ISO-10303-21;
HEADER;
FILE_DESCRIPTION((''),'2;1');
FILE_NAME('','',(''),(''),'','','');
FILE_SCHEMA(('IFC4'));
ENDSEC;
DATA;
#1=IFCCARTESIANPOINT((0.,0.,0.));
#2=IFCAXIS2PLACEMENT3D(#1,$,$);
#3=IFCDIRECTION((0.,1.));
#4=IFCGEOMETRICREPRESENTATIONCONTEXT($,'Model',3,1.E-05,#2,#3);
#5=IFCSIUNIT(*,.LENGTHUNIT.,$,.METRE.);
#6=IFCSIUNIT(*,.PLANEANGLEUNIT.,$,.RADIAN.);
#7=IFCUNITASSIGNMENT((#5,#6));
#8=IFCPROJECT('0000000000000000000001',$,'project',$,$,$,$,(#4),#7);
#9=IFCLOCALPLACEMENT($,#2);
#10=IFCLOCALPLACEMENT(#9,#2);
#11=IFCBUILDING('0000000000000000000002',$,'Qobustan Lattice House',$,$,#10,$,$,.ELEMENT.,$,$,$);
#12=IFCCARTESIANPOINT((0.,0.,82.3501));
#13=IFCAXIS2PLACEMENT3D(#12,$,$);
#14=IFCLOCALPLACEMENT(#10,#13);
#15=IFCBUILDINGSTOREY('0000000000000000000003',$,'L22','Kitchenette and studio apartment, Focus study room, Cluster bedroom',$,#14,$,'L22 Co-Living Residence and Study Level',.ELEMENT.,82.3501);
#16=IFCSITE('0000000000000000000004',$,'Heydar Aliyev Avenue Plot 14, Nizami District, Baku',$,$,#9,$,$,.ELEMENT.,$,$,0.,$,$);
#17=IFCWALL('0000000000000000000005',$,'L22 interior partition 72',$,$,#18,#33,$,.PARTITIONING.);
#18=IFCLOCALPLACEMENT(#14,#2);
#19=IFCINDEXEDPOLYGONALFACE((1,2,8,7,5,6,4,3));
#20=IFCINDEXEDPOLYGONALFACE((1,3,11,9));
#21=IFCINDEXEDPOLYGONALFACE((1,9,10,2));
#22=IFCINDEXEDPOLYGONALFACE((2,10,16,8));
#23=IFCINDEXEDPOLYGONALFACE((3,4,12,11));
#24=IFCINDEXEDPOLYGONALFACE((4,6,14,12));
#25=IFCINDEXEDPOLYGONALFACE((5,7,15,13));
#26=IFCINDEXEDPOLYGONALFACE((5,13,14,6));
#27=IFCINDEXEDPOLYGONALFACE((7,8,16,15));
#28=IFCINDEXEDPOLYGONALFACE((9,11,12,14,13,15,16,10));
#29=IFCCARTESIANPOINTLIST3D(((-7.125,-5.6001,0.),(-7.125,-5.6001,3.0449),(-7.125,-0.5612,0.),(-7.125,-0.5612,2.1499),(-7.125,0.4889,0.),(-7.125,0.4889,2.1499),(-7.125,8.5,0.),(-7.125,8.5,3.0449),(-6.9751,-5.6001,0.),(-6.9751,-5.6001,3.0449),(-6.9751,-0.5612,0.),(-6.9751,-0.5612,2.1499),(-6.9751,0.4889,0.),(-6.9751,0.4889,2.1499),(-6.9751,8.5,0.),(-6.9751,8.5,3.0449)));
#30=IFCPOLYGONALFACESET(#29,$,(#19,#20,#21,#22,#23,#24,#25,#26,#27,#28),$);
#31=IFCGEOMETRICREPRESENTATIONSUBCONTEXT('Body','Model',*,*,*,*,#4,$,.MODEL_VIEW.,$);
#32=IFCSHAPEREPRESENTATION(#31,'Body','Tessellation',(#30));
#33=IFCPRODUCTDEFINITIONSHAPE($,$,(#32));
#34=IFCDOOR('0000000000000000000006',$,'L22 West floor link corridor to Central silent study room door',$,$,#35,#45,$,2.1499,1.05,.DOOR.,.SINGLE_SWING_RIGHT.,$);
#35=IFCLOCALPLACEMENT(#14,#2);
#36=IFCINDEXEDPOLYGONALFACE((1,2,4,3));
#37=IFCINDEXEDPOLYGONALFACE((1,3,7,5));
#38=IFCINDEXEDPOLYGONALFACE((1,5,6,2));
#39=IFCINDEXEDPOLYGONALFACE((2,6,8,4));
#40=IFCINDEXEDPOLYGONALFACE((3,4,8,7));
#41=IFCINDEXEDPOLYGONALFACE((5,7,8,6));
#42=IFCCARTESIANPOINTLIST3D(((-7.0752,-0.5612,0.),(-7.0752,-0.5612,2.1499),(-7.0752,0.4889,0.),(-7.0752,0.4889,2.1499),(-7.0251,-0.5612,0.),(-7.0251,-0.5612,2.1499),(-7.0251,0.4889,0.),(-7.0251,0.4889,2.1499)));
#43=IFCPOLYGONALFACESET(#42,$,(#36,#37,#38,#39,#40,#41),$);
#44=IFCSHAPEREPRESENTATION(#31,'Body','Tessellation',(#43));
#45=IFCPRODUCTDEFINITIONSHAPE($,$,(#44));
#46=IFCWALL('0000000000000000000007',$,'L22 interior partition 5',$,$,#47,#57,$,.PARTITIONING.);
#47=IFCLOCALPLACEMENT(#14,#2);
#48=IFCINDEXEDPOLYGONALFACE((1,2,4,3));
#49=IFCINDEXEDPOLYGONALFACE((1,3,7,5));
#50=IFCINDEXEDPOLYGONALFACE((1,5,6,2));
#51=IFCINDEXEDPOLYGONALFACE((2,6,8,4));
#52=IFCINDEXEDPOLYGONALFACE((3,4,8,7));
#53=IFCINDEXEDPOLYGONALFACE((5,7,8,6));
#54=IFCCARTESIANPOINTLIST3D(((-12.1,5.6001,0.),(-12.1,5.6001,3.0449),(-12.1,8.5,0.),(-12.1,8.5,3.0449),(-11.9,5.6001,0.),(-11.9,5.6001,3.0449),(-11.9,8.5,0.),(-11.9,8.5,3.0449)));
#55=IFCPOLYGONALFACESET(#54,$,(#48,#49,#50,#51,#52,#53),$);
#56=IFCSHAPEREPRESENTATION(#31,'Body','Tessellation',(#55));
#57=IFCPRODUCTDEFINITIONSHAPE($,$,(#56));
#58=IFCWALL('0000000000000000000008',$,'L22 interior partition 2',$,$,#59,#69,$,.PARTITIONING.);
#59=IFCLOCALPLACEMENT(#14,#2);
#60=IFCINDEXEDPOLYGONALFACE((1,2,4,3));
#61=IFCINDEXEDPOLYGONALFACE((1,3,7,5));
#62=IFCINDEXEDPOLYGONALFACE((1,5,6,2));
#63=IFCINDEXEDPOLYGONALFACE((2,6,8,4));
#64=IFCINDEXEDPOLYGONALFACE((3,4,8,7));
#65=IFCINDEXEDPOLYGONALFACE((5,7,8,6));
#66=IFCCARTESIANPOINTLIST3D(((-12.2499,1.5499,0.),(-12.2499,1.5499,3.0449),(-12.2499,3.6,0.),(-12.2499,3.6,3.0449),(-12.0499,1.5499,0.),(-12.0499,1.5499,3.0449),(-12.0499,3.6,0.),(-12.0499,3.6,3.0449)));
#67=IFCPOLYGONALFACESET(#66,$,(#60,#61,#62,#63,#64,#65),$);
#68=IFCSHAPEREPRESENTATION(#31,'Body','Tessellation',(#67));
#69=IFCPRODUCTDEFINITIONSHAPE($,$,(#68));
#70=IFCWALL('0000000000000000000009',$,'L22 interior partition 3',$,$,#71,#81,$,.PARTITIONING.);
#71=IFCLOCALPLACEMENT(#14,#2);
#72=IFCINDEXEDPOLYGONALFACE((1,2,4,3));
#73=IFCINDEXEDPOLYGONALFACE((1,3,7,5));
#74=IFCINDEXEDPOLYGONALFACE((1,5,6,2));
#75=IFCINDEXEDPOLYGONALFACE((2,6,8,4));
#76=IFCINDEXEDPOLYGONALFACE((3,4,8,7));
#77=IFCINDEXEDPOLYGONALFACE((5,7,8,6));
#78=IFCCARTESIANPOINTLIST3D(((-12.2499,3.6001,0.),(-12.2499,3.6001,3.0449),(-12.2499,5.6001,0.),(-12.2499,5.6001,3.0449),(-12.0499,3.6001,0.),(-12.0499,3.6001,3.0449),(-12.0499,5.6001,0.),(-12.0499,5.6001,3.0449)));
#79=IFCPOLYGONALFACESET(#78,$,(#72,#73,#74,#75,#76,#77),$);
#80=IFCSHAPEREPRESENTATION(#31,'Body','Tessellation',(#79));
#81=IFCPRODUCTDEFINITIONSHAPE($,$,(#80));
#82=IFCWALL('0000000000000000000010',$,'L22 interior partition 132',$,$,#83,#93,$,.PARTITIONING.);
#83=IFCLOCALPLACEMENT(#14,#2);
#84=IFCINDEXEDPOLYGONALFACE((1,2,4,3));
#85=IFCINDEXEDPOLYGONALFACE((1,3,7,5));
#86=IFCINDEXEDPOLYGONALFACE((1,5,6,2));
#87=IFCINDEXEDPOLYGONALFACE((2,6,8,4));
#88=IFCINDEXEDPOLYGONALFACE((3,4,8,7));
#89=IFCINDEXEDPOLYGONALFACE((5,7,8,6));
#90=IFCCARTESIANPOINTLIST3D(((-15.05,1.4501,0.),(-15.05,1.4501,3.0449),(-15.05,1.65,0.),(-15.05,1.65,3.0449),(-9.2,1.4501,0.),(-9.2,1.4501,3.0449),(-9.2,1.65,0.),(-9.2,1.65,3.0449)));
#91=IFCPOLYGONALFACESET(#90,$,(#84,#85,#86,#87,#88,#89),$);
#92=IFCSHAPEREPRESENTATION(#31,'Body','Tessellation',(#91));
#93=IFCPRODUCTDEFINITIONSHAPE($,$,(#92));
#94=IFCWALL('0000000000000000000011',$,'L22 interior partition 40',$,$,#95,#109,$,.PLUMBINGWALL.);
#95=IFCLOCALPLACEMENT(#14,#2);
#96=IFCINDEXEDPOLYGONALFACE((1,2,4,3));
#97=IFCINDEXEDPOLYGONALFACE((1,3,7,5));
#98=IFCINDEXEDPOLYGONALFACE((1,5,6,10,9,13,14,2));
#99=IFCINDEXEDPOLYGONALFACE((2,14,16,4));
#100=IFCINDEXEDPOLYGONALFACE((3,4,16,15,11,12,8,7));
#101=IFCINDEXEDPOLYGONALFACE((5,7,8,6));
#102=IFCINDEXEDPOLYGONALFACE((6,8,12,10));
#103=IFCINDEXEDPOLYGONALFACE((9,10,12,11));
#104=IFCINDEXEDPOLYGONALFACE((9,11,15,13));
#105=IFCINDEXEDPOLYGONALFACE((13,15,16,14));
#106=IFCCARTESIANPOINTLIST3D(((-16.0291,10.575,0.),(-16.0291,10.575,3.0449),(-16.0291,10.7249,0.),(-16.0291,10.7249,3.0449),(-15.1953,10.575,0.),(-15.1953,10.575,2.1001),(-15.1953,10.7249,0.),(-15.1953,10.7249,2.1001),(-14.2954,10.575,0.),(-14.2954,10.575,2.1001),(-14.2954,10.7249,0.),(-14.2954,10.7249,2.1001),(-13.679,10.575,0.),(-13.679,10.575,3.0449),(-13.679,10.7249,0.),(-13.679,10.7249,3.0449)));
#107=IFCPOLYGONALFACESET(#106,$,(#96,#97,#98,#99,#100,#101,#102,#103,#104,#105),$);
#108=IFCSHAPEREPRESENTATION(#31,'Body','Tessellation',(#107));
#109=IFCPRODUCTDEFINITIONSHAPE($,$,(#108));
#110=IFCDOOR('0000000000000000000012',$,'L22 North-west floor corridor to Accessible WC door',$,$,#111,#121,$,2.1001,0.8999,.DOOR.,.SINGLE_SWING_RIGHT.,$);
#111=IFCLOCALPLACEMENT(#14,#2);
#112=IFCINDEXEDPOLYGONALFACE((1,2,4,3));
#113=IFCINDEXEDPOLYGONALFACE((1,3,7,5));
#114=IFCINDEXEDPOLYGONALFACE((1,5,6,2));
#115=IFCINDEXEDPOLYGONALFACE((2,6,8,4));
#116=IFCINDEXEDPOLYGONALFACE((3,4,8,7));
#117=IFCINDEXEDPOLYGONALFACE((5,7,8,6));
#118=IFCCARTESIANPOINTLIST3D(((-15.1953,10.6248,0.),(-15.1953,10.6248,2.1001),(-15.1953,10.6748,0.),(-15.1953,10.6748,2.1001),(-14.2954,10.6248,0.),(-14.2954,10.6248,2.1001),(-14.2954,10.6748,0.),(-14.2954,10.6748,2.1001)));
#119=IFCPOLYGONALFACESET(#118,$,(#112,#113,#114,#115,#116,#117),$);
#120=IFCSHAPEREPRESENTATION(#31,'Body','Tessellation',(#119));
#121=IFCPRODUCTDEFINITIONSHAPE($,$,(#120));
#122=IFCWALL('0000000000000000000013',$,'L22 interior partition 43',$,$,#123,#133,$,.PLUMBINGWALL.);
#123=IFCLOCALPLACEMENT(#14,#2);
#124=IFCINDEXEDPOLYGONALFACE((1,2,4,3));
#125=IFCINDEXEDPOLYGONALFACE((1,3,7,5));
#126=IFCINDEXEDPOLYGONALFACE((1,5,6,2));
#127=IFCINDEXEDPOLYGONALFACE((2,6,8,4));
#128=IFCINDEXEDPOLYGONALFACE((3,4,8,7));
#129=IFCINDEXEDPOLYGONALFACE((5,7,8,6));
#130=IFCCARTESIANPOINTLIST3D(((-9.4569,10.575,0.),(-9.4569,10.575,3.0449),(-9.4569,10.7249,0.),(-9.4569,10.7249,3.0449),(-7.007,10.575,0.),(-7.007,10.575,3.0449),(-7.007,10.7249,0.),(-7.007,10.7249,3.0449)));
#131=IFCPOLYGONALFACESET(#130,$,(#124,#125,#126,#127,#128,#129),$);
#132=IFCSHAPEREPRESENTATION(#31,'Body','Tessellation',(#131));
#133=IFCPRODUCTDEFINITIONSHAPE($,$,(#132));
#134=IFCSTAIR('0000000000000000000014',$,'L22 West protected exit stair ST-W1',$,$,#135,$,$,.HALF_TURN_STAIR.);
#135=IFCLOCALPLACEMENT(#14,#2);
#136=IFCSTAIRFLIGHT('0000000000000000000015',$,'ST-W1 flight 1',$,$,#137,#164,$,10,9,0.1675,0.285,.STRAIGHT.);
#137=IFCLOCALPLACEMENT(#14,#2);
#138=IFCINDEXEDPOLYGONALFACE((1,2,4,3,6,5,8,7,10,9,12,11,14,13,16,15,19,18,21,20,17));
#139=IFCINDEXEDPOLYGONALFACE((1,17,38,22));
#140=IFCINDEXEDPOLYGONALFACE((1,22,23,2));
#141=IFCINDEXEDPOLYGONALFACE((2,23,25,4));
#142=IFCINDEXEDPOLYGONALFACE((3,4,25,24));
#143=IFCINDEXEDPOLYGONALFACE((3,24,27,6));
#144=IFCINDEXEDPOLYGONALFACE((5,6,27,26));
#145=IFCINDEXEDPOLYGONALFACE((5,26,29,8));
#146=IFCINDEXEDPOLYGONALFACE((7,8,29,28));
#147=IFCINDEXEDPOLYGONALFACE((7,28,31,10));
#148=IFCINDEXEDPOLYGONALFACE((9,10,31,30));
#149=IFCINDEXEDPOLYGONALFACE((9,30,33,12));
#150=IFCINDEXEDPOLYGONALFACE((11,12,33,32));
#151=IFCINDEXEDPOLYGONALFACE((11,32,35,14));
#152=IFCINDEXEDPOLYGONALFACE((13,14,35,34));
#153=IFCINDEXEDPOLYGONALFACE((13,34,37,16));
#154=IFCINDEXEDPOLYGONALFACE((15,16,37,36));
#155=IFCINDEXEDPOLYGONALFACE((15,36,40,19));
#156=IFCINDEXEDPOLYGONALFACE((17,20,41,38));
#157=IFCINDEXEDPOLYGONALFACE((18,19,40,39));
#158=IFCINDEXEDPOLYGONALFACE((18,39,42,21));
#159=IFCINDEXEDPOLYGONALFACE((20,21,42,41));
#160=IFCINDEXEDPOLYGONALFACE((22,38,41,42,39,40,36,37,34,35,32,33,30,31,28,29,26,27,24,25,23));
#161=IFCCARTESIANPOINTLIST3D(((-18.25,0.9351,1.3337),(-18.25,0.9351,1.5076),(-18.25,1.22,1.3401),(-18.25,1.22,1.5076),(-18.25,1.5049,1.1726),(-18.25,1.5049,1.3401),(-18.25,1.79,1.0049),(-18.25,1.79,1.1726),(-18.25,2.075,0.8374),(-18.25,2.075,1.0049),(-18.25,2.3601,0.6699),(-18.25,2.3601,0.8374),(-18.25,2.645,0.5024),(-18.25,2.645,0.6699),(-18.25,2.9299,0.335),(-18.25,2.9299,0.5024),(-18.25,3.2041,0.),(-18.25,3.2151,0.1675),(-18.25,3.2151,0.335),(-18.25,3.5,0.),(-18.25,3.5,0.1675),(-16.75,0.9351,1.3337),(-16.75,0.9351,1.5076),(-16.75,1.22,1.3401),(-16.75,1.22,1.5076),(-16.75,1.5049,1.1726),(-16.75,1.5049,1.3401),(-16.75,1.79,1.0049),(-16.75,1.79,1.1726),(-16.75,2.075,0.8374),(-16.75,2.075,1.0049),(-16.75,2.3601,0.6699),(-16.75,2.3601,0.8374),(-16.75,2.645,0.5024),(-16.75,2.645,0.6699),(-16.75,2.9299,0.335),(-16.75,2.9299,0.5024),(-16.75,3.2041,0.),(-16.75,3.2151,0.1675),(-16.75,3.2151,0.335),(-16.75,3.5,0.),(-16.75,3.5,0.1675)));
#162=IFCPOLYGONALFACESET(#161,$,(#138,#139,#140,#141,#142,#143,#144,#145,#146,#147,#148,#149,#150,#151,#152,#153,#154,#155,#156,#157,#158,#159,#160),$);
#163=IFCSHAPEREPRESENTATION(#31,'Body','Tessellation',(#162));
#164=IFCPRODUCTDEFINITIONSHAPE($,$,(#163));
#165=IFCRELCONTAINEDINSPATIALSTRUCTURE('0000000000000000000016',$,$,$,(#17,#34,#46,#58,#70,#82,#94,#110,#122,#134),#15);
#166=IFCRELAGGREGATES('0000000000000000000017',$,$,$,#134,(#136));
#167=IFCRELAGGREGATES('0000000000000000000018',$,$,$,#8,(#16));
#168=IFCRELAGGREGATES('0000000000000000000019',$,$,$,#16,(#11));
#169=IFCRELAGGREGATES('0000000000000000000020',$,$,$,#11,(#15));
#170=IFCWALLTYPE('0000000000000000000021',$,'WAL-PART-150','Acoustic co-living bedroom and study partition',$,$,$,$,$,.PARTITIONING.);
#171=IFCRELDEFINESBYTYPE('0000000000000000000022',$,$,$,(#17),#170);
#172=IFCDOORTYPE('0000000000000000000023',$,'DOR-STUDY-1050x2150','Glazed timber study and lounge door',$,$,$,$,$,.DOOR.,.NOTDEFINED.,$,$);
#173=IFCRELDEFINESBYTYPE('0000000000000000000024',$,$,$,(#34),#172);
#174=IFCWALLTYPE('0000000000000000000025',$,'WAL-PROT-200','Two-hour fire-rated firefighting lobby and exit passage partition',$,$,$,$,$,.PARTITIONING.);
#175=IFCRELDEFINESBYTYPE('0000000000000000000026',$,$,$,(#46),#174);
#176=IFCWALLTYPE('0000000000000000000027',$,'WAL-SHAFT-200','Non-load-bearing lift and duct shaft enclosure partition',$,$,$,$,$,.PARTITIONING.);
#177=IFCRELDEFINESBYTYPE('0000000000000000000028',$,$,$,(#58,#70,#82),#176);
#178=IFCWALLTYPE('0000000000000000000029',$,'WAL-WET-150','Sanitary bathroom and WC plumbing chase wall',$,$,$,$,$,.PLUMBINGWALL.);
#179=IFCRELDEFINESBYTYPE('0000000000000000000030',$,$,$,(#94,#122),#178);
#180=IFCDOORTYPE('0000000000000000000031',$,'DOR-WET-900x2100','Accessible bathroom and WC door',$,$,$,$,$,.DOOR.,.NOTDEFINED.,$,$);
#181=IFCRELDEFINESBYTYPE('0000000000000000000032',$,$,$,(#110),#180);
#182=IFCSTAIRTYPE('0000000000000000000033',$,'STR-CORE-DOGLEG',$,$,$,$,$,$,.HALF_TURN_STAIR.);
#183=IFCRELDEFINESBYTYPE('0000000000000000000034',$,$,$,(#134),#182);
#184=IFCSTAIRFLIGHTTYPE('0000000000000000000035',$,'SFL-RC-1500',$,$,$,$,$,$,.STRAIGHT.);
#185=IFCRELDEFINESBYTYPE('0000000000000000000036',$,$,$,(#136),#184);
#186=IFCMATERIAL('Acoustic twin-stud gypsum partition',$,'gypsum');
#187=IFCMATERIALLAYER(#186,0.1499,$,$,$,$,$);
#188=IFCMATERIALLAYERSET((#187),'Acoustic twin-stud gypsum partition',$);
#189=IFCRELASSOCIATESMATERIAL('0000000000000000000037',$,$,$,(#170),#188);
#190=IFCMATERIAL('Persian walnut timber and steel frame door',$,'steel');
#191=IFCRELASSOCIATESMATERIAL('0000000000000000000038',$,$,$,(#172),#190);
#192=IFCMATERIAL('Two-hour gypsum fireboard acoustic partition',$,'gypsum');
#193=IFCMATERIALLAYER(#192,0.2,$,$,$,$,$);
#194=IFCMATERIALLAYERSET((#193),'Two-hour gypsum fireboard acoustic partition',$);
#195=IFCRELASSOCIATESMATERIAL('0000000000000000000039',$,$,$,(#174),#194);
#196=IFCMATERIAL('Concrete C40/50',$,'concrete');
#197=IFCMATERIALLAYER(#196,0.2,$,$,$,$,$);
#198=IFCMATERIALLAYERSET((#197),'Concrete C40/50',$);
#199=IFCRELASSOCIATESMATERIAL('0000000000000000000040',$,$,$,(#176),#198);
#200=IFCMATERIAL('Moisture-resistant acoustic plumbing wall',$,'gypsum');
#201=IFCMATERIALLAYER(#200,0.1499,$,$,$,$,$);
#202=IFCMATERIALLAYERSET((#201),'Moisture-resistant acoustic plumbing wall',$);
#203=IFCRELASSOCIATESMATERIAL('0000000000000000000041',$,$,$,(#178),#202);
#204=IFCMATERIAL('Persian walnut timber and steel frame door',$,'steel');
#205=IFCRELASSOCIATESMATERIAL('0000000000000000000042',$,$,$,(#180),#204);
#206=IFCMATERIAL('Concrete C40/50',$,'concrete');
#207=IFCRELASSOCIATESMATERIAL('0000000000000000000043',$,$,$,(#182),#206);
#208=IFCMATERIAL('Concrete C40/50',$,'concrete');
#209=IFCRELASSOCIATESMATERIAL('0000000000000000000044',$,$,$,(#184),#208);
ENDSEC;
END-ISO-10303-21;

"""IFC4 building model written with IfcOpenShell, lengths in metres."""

from ifc_helpers import new_model, si_unit, direction, frame, frame_2d, origin, place, context, subcontext, project, spatial, polyline, rectangle, outline, extrude, material, layer, layer_set, type_object, element, fill, aggregate, save


model = new_model("IFC4")

# Units and contexts
model_context = context("Model", 3, precision=1e-05, world=origin(), true_north=direction((0.0, 1.0)))
body_context = subcontext(model_context, "Body", "Model", "MODEL_VIEW")
ifc_project = project(units=[si_unit("LENGTHUNIT", "METRE"), si_unit("PLANEANGLEUNIT", "RADIAN")], contexts=[model_context])

# Site, building, storey
site_placement = place(None, origin())
site = spatial("IfcSite", under=ifc_project, at=site_placement, Name="Heydar Aliyev Avenue Plot 14, Nizami District, Baku", CompositionType="ELEMENT", RefElevation=0.0)
building_placement = place(site_placement, origin())
building = spatial("IfcBuilding", under=site, at=building_placement, Name="Qobustan Lattice House", CompositionType="ELEMENT")
storey_placement = place(building_placement, frame((0.0, 0.0, 82.3501)))
storey = spatial("IfcBuildingStorey", under=building, at=storey_placement, Name="L22", Description="Kitchenette and studio apartment, Focus study room, Cluster bedroom", LongName="L22 Co-Living Residence and Study Level", CompositionType="ELEMENT", Elevation=82.3501)

# Wall, opening, door
ifc_material_1 = material(Name="Acoustic twin-stud gypsum partition", Category="gypsum")
ifc_layer_1 = layer(ifc_material_1, 0.1499)
ifc_layer_set_1 = layer_set([ifc_layer_1], Name="Acoustic twin-stud gypsum partition")
wall_type_1 = type_object("IfcWallType", Name="WAL-PART-150", Description="Acoustic co-living bedroom and study partition", PredefinedType="PARTITIONING", material=ifc_layer_set_1)
wall_1_placement = place(storey_placement, frame((-7.05, 8.5, 0.0), z_axis=(0.0, 0.0, 1.0), x_axis=(0.0, -1.0, 0.0)))
wall_1 = element("IfcWall", 1, at=wall_1_placement, inside=storey, type_object=wall_type_1, Name="L22 interior partition 72", PredefinedType="PARTITIONING", context=body_context, shape_type="SweptSolid", body=[
    extrude(rectangle(XDim=14.1001, YDim=0.1499, at=frame_2d((7.05, 0.0))), origin(), (0.0, 0.0, 1.0), 3.0449),
])
opening_1_placement = place(wall_1_placement, frame((8.0112, 0.0, 0.0)))
opening_1 = element("IfcOpeningElement", 2, at=opening_1_placement, cuts=wall_1, PredefinedType="OPENING", context=body_context, shape_type="SweptSolid", body=[
    extrude(rectangle(XDim=1.05, YDim=2.1499, at=frame_2d((0.5249, 1.075))), frame((0.0, 0.085, 0.0), z_axis=(0.0, -1.0, 0.0), x_axis=(1.0, 0.0, 0.0)), (0.0, 0.0, 1.0), 0.1699),
])
ifc_material_2 = material(Name="Persian walnut timber and steel frame door", Category="steel")
door_type_1 = type_object("IfcDoorType", Name="DOR-STUDY-1050x2150", Description="Glazed timber study and lounge door", OperationType="NOTDEFINED", PredefinedType="DOOR", material=ifc_material_2)
door_1_placement = place(opening_1_placement, origin())
door_1 = element("IfcDoor", 3, at=door_1_placement, inside=storey, type_object=door_type_1, Name="L22 West floor link corridor to Central silent study room door", OperationType="SINGLE_SWING_RIGHT", OverallHeight=2.1499, OverallWidth=1.05, PredefinedType="DOOR", context=body_context, shape_type="SweptSolid", body=[
    extrude(rectangle(XDim=1.05, YDim=2.1499, at=frame_2d((0.5249, 1.075))), frame((0.0, 0.0249, 0.0), z_axis=(0.0, -1.0, 0.0), x_axis=(1.0, 0.0, 0.0)), (0.0, 0.0, 1.0), 0.05),
])
fill(opening_1, door_1)
ifc_material_3 = material(Name="Two-hour gypsum fireboard acoustic partition", Category="gypsum")
ifc_layer_2 = layer(ifc_material_3, 0.2)
ifc_layer_set_2 = layer_set([ifc_layer_2], Name="Two-hour gypsum fireboard acoustic partition")
wall_type_2 = type_object("IfcWallType", Name="WAL-PROT-200", Description="Two-hour fire-rated firefighting lobby and exit passage partition", PredefinedType="PARTITIONING", material=ifc_layer_set_2)

# Walls
wall_2_placement = place(storey_placement, frame((-12.0, 5.6001, 0.0), z_axis=(0.0, 0.0, 1.0), x_axis=(0.0, 1.0, 0.0)))
element("IfcWall", 4, at=wall_2_placement, inside=storey, type_object=wall_type_2, Name="L22 interior partition 5", PredefinedType="PARTITIONING", context=body_context, shape_type="SweptSolid", body=[
    extrude(rectangle(XDim=2.8999, YDim=0.2, at=frame_2d((1.45, 0.0))), origin(), (0.0, 0.0, 1.0), 3.0449),
])
ifc_material_4 = material(Name="Concrete C40/50", Category="concrete")
ifc_layer_3 = layer(ifc_material_4, 0.2)
ifc_layer_set_3 = layer_set([ifc_layer_3], Name="Concrete C40/50")
wall_type_3 = type_object("IfcWallType", Name="WAL-SHAFT-200", Description="Non-load-bearing lift and duct shaft enclosure partition", PredefinedType="PARTITIONING", material=ifc_layer_set_3)
wall_3_placement = place(storey_placement, frame((-12.1499, 1.55, 0.0), z_axis=(0.0, 0.0, 1.0), x_axis=(0.0, 1.0, 0.0)))
element("IfcWall", 5, at=wall_3_placement, inside=storey, type_object=wall_type_3, Name="L22 interior partition 2", PredefinedType="PARTITIONING", context=body_context, shape_type="SweptSolid", body=[
    extrude(rectangle(XDim=2.05, YDim=0.2, at=frame_2d((1.0249, 0.0))), origin(), (0.0, 0.0, 1.0), 3.0449),
])
wall_4_placement = place(storey_placement, frame((-12.1499, 3.6001, 0.0), z_axis=(0.0, 0.0, 1.0), x_axis=(0.0, 1.0, 0.0)))
element("IfcWall", 6, at=wall_4_placement, inside=storey, type_object=wall_type_3, Name="L22 interior partition 3", PredefinedType="PARTITIONING", context=body_context, shape_type="SweptSolid", body=[
    extrude(rectangle(XDim=2.0, YDim=0.2, at=frame_2d((1.0, 0.0))), origin(), (0.0, 0.0, 1.0), 3.0449),
])
wall_5_placement = place(storey_placement, frame((-15.05, 1.55, 0.0), z_axis=(0.0, 0.0, 1.0), x_axis=(1.0, 0.0, 0.0)))
element("IfcWall", 7, at=wall_5_placement, inside=storey, type_object=wall_type_3, Name="L22 interior partition 132", PredefinedType="PARTITIONING", context=body_context, shape_type="SweptSolid", body=[
    extrude(rectangle(XDim=5.8501, YDim=0.2, at=frame_2d((2.925, 0.0))), origin(), (0.0, 0.0, 1.0), 3.0449),
])

# Wall, opening, door
ifc_material_5 = material(Name="Moisture-resistant acoustic plumbing wall", Category="gypsum")
ifc_layer_4 = layer(ifc_material_5, 0.1499)
ifc_layer_set_4 = layer_set([ifc_layer_4], Name="Moisture-resistant acoustic plumbing wall")
wall_type_4 = type_object("IfcWallType", Name="WAL-WET-150", Description="Sanitary bathroom and WC plumbing chase wall", PredefinedType="PLUMBINGWALL", material=ifc_layer_set_4)
wall_6_placement = place(storey_placement, frame((-16.0291, 10.6499, 0.0), z_axis=(0.0, 0.0, 1.0), x_axis=(1.0, 0.0, 0.0)))
wall_6 = element("IfcWall", 8, at=wall_6_placement, inside=storey, type_object=wall_type_4, Name="L22 interior partition 40", PredefinedType="PLUMBINGWALL", context=body_context, shape_type="SweptSolid", body=[
    extrude(rectangle(XDim=2.3501, YDim=0.1499, at=frame_2d((1.175, 0.0))), origin(), (0.0, 0.0, 1.0), 3.0449),
])
opening_2_placement = place(wall_6_placement, frame((0.8337, 0.0, 0.0)))
opening_2 = element("IfcOpeningElement", 9, at=opening_2_placement, cuts=wall_6, PredefinedType="OPENING", context=body_context, shape_type="SweptSolid", body=[
    extrude(rectangle(XDim=0.8999, YDim=2.1001, at=frame_2d((0.45, 1.05))), frame((0.0, 0.085, 0.0), z_axis=(0.0, -1.0, 0.0), x_axis=(1.0, 0.0, 0.0)), (0.0, 0.0, 1.0), 0.1699),
])
ifc_material_6 = material(Name="Persian walnut timber and steel frame door", Category="steel")
door_type_2 = type_object("IfcDoorType", Name="DOR-WET-900x2100", Description="Accessible bathroom and WC door", OperationType="NOTDEFINED", PredefinedType="DOOR", material=ifc_material_6)
door_2_placement = place(opening_2_placement, origin())
door_2 = element("IfcDoor", 10, at=door_2_placement, inside=storey, type_object=door_type_2, Name="L22 North-west floor corridor to Accessible WC door", OperationType="SINGLE_SWING_RIGHT", OverallHeight=2.1001, OverallWidth=0.8999, PredefinedType="DOOR", context=body_context, shape_type="SweptSolid", body=[
    extrude(rectangle(XDim=0.8999, YDim=2.1001, at=frame_2d((0.45, 1.05))), frame((0.0, 0.0249, 0.0), z_axis=(0.0, -1.0, 0.0), x_axis=(1.0, 0.0, 0.0)), (0.0, 0.0, 1.0), 0.05),
])
fill(opening_2, door_2)

# Wall
wall_7_placement = place(storey_placement, frame((-9.457, 10.6499, 0.0), z_axis=(0.0, 0.0, 1.0), x_axis=(1.0, 0.0, 0.0)))
element("IfcWall", 11, at=wall_7_placement, inside=storey, type_object=wall_type_4, Name="L22 interior partition 43", PredefinedType="PLUMBINGWALL", context=body_context, shape_type="SweptSolid", body=[
    extrude(rectangle(XDim=2.45, YDim=0.1499, at=frame_2d((1.2251, 0.0))), origin(), (0.0, 0.0, 1.0), 3.0449),
])

# Stair, stair flight
ifc_material_7 = material(Name="Concrete C40/50", Category="concrete")
stair_type = type_object("IfcStairType", Name="STR-CORE-DOGLEG", PredefinedType="HALF_TURN_STAIR", material=ifc_material_7)
stair_placement = place(storey_placement, origin())
stair = element("IfcStair", 12, at=stair_placement, inside=storey, type_object=stair_type, Name="L22 West protected exit stair ST-W1", PredefinedType="HALF_TURN_STAIR")
ifc_material_8 = material(Name="Concrete C40/50", Category="concrete")
stair_flight_type = type_object("IfcStairFlightType", Name="SFL-RC-1500", PredefinedType="STRAIGHT", material=ifc_material_8)
stair_flight_placement = place(storey_placement, frame((-17.5, 3.5, 0.0), z_axis=(0.0, 0.0, 1.0), x_axis=(0.0, -1.0, 0.0)))
stair_flight = element("IfcStairFlight", 13, at=stair_flight_placement, type_object=stair_flight_type, Name="ST-W1 flight 1", NumberOfRisers=10, NumberOfTreads=9, PredefinedType="STRAIGHT", RiserHeight=0.1675, TreadLength=0.285, context=body_context, shape_type="SweptSolid", body=[
    extrude(outline(polyline([(0.0, 0.0), (0.0, 0.1675), (0.2849, 0.1675), (0.2849, 0.335), (0.5701, 0.335), (0.5701, 0.5024), (0.855, 0.5024), (0.855, 0.6699), (1.1399, 0.6699), (1.1399, 0.8374), (1.425, 0.8374), (1.425, 1.0049), (1.71, 1.0049), (1.71, 1.1726), (1.9951, 1.1726), (1.9951, 1.3401), (2.28, 1.3401), (2.28, 1.5076), (2.5649, 1.5076), (2.5649, 1.675), (2.5649, 1.3337), (0.2959, 0.0), (0.0, 0.0)])), frame((0.0, 0.75, 0.0), z_axis=(0.0, -1.0, 0.0), x_axis=(1.0, 0.0, 0.0)), (0.0, 0.0, 1.0), 1.5),
])
aggregate(stair, [stair_flight])

save(model, "model.ifc")
